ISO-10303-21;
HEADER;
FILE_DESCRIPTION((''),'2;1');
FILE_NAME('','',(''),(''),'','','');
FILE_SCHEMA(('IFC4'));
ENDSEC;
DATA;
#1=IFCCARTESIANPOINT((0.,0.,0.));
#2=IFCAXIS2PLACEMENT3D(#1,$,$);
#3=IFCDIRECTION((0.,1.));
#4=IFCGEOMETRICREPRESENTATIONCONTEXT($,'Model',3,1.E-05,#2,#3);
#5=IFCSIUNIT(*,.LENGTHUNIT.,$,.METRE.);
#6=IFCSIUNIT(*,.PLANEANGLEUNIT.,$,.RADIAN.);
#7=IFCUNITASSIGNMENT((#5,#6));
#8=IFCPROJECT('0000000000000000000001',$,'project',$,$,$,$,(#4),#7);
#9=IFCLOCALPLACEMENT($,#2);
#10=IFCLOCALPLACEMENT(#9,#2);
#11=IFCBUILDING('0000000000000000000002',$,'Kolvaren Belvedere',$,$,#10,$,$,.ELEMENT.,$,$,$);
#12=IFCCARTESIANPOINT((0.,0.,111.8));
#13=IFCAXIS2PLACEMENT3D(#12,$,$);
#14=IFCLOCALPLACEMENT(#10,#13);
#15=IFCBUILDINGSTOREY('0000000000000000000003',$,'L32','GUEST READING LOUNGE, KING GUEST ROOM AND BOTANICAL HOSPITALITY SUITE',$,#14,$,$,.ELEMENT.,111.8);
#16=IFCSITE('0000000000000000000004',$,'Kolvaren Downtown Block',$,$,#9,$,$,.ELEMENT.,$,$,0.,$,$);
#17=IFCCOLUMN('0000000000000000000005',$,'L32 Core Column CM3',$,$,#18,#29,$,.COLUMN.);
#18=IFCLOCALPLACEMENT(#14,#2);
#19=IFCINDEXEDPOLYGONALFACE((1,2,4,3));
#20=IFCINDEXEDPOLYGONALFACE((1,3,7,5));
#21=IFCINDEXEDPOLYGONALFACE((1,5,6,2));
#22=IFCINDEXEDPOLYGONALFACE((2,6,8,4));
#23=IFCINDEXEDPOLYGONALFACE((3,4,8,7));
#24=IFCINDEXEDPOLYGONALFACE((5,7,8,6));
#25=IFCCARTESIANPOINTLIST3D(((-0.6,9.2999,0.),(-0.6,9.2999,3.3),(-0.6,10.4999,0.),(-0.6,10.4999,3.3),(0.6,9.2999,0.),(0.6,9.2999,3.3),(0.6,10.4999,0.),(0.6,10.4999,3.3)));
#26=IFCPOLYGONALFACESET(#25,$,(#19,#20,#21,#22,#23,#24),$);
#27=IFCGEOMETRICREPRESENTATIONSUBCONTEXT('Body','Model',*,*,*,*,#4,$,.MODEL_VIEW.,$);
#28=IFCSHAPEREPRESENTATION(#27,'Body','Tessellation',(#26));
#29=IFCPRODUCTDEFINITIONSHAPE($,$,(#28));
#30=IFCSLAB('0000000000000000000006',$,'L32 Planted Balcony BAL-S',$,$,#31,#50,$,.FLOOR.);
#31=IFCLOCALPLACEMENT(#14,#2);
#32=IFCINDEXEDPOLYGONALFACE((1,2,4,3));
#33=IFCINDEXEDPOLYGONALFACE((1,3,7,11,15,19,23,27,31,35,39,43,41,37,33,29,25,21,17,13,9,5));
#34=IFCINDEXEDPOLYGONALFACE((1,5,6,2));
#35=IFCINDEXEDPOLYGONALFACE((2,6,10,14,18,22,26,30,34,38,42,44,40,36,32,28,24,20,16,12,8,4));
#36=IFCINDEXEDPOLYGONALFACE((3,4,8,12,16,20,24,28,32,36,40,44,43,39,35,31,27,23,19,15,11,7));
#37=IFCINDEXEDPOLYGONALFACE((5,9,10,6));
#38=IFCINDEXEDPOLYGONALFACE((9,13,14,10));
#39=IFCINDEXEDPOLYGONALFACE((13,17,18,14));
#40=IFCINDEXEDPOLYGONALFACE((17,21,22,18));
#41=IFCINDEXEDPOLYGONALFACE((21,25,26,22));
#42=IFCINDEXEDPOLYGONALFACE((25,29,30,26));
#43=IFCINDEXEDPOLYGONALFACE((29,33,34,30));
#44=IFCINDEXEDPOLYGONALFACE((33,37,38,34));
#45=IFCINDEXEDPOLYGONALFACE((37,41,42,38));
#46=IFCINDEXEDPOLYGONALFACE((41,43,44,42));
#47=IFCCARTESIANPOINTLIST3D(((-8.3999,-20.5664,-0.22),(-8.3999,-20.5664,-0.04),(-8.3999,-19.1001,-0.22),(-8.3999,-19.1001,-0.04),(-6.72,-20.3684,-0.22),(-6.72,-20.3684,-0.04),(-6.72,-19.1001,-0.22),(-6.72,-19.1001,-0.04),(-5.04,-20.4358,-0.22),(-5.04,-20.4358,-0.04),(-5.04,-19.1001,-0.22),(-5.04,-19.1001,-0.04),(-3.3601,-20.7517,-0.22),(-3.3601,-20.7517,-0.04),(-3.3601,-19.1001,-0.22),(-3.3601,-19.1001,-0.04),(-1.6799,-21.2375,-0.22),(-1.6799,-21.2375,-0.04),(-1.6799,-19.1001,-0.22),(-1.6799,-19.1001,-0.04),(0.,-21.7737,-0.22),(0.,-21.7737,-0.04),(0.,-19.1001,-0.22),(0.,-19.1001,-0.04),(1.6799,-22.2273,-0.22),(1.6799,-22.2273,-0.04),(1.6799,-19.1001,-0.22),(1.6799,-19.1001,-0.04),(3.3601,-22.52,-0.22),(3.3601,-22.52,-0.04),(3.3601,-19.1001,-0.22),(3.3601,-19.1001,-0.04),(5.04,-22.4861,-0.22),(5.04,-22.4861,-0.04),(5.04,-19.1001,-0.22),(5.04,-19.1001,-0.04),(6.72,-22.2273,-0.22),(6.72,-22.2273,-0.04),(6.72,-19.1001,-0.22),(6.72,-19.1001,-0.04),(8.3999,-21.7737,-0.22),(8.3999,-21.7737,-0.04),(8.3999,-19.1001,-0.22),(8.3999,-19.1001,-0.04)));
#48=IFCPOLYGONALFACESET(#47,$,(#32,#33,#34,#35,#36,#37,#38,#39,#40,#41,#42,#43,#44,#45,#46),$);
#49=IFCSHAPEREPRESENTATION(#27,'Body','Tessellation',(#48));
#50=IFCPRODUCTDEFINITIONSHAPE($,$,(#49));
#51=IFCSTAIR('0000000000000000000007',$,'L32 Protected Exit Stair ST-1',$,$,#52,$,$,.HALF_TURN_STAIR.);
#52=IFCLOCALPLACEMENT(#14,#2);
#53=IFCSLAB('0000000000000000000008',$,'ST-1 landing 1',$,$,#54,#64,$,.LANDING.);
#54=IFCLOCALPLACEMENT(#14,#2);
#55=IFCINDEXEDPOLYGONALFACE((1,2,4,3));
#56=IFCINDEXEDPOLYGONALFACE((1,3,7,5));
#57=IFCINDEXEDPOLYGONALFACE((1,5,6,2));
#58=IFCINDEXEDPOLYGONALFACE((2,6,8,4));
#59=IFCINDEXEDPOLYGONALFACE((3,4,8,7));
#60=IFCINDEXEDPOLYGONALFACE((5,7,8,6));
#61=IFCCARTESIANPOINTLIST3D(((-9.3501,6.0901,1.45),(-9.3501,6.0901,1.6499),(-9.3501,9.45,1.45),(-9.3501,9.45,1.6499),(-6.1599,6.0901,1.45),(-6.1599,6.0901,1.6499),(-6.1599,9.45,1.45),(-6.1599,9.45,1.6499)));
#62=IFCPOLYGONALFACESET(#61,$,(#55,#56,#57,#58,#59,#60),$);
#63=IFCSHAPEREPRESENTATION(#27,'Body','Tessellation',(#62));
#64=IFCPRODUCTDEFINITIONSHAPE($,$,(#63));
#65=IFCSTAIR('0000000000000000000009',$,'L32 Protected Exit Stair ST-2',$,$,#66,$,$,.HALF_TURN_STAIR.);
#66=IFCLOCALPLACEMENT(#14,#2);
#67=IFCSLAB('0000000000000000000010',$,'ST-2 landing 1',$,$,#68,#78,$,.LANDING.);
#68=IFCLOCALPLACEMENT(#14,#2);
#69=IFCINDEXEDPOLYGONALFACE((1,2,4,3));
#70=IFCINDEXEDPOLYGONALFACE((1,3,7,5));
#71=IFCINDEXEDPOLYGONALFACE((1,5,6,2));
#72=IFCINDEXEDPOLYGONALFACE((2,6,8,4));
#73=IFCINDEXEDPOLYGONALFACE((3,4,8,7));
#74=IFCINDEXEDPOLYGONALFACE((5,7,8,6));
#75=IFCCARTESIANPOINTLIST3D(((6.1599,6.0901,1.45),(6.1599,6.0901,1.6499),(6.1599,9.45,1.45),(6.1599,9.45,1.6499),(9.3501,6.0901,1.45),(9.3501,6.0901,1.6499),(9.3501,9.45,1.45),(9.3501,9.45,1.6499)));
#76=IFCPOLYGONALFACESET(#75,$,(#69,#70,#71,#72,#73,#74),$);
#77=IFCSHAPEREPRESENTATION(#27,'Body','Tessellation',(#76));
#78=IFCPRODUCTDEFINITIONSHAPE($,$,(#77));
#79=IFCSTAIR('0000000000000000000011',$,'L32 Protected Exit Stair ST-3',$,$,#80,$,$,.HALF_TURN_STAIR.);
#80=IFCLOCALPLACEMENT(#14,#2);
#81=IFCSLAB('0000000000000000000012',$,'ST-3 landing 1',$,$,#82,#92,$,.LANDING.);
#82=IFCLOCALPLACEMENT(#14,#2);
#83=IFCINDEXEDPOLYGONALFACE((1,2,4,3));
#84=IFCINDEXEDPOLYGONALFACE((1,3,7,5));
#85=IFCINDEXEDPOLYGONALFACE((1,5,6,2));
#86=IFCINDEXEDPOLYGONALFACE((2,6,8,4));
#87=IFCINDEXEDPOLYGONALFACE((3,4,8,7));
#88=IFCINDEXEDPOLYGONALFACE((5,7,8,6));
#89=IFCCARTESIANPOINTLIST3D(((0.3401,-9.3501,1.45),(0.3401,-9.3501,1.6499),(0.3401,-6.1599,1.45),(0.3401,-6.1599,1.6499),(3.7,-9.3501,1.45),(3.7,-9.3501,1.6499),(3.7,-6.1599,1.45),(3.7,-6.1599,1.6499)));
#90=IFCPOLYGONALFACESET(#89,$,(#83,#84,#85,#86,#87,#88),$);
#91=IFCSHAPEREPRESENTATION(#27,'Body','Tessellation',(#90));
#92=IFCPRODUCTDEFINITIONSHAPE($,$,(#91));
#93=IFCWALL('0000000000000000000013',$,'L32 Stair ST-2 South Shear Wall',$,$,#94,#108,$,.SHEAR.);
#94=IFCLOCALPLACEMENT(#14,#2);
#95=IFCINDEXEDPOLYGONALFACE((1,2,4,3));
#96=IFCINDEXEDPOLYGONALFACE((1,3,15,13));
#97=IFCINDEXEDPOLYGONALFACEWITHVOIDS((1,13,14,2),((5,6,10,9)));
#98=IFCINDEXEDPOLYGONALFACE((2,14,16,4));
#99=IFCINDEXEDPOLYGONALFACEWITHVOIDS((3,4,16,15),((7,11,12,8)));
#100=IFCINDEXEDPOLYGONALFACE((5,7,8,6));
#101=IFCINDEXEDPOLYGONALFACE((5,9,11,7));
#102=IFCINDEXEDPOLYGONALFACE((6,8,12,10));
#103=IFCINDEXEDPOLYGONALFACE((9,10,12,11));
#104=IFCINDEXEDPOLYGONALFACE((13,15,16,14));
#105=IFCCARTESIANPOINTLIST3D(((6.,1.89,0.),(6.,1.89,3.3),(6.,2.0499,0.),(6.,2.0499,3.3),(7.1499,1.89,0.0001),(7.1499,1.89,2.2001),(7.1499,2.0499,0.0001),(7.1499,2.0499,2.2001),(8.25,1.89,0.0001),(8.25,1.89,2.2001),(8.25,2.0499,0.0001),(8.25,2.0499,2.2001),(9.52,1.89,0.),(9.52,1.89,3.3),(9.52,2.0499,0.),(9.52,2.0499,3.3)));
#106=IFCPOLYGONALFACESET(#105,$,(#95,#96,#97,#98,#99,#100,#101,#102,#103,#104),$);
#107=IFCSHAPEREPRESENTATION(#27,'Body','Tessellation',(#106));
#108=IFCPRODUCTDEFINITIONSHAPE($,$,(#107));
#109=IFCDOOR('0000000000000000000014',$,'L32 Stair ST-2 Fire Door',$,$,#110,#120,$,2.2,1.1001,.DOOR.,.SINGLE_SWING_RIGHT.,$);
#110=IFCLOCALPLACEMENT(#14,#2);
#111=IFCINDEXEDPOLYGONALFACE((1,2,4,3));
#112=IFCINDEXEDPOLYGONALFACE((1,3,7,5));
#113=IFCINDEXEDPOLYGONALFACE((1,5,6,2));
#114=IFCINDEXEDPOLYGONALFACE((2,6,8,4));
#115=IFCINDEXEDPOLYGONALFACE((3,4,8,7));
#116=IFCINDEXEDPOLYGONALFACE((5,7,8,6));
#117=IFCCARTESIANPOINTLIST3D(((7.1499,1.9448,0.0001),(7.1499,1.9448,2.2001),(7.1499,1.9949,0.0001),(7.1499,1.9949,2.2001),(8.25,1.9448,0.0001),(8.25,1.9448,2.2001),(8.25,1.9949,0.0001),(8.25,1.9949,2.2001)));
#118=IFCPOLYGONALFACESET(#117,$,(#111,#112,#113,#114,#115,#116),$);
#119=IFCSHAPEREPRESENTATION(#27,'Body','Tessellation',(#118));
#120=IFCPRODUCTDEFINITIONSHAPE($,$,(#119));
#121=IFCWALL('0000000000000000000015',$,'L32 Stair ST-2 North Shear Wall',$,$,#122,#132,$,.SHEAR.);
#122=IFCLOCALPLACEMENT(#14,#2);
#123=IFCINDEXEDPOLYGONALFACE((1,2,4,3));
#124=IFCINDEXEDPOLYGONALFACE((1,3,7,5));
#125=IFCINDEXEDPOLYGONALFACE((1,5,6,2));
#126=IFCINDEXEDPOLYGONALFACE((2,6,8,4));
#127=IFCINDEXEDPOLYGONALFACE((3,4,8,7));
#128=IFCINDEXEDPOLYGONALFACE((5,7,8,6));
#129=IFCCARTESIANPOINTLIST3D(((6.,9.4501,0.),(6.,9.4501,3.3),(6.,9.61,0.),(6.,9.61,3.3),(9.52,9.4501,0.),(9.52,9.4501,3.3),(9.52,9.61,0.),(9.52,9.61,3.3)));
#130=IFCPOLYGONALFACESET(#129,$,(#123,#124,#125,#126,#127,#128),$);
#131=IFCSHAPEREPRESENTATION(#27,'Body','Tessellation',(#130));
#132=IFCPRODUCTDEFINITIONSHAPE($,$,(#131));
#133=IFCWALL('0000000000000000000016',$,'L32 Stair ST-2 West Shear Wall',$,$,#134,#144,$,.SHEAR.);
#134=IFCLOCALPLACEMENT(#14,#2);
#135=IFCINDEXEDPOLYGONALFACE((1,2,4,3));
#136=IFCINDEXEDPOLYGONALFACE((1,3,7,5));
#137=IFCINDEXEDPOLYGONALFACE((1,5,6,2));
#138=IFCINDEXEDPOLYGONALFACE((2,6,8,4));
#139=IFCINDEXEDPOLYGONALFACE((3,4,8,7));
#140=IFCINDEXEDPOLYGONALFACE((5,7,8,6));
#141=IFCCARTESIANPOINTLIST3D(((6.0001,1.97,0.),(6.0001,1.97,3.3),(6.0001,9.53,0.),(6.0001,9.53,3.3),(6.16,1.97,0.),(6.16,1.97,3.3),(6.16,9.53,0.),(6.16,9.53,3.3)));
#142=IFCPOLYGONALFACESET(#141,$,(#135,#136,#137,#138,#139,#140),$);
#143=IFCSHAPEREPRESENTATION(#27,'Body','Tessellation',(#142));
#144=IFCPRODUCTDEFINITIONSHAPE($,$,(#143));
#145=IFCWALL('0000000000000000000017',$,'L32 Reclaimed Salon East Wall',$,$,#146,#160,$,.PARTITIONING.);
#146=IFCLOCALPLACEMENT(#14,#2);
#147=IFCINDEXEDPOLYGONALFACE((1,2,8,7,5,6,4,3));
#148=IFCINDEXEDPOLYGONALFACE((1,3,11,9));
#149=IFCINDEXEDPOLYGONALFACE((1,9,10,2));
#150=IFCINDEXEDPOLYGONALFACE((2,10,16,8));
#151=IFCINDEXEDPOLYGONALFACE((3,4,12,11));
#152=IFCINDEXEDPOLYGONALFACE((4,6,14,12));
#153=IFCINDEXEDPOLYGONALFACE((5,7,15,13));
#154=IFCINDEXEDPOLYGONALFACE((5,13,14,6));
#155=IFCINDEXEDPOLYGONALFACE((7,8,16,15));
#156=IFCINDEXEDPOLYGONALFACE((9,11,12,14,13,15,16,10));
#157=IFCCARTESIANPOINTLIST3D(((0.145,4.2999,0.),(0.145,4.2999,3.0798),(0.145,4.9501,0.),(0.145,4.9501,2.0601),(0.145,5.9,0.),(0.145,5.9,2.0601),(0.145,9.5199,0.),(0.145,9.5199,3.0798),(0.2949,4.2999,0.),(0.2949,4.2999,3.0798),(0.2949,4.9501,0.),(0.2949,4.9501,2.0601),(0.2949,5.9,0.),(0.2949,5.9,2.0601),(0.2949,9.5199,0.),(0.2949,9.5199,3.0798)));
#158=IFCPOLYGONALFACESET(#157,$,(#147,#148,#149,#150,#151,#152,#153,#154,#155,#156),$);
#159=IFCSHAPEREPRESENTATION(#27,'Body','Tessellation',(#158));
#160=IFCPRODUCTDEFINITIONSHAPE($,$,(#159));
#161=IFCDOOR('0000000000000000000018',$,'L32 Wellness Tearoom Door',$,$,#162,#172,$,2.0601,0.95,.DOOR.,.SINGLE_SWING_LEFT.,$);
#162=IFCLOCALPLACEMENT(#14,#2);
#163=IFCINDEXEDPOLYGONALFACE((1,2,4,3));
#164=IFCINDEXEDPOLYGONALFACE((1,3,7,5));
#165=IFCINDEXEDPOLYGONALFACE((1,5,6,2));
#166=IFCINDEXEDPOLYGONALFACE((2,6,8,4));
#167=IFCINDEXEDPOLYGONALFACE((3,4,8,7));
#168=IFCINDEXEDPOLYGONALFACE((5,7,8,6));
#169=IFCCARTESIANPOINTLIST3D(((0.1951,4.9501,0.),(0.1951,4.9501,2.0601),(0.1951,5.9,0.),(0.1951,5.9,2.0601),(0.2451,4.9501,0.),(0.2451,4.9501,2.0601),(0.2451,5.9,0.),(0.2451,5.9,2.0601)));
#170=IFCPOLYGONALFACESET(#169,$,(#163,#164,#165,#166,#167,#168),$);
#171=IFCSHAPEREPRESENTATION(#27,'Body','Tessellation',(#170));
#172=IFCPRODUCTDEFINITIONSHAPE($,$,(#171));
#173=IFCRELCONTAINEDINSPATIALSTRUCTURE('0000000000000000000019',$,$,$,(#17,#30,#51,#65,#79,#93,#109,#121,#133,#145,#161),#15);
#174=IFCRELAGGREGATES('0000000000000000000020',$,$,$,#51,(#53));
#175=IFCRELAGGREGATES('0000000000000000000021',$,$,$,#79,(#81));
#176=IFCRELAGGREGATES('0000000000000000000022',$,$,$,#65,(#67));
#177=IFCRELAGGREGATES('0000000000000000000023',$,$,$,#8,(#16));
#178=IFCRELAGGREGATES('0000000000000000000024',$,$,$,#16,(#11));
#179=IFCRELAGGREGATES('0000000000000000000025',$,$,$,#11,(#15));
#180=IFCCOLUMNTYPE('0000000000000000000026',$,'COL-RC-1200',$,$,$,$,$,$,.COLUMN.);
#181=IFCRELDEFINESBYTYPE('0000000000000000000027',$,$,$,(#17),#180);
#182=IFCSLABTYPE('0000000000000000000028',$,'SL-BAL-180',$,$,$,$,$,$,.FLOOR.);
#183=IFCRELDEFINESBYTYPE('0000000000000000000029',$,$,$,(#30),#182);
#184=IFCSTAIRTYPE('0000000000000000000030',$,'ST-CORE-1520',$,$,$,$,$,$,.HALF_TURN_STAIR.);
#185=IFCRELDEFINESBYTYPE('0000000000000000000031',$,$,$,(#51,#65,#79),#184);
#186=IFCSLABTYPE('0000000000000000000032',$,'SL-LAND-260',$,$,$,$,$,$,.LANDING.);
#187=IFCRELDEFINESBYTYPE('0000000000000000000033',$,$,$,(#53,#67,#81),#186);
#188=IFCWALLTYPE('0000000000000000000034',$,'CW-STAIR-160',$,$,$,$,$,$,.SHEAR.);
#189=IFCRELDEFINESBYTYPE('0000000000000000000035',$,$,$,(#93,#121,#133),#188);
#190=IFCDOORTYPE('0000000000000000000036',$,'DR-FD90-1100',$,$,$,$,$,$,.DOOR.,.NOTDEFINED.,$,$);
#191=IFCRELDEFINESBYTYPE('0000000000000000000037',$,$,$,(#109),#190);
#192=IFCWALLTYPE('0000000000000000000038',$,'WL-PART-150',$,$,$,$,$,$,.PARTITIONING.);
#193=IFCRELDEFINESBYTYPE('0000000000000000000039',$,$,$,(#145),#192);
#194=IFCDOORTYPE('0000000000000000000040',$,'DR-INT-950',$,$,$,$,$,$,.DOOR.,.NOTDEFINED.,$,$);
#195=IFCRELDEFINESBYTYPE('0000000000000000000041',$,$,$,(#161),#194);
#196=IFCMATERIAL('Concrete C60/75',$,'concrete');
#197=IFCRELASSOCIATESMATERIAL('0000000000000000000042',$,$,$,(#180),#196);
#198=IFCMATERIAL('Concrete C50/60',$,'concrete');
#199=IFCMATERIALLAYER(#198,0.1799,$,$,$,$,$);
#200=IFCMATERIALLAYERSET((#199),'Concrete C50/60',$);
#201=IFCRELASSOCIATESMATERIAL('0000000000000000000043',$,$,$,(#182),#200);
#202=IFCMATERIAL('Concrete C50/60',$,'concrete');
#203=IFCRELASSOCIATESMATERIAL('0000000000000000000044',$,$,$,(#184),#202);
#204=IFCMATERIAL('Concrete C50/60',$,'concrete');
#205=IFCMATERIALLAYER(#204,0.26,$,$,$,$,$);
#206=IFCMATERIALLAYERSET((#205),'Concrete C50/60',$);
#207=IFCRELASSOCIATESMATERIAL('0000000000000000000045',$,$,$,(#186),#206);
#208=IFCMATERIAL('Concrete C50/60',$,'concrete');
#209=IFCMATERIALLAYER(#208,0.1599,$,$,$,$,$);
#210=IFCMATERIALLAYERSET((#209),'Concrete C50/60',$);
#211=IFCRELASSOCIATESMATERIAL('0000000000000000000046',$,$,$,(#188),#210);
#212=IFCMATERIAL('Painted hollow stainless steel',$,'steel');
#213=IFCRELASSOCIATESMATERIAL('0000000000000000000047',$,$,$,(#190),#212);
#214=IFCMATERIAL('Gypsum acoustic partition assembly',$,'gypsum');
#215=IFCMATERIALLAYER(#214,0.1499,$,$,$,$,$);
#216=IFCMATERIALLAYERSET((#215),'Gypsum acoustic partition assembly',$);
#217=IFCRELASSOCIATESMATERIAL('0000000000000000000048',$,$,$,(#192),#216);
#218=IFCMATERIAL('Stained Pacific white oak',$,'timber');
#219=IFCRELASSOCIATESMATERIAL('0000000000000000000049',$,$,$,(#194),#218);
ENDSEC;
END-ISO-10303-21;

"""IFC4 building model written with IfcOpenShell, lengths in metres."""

from ifc_helpers import new_model, si_unit, direction, frame, frame_2d, origin, origin_2d, place, context, subcontext, project, spatial, polyline, rectangle, outline, extrude, material, layer, layer_set, material_profile, profile_set, type_object, element, fill, aggregate, save


model = new_model("IFC4")

# Units and contexts
model_context = context("Model", 3, precision=1e-05, world=origin(), true_north=direction((0.0, 1.0)))
body_context = subcontext(model_context, "Body", "Model", "MODEL_VIEW")
ifc_project = project(units=[si_unit("LENGTHUNIT", "METRE"), si_unit("PLANEANGLEUNIT", "RADIAN")], contexts=[model_context])

# Site, building, storey
site_placement = place(None, origin())
site = spatial("IfcSite", under=ifc_project, at=site_placement, Name="Kolvaren Downtown Block", CompositionType="ELEMENT", RefElevation=0.0)
building_placement = place(site_placement, origin())
building = spatial("IfcBuilding", under=site, at=building_placement, Name="Kolvaren Belvedere", CompositionType="ELEMENT")
storey_placement = place(building_placement, frame((0.0, 0.0, 111.8)))
storey = spatial("IfcBuildingStorey", under=building, at=storey_placement, Name="L32", Description="GUEST READING LOUNGE, KING GUEST ROOM AND BOTANICAL HOSPITALITY SUITE", CompositionType="ELEMENT", Elevation=111.8)

# Column
ifc_material_1 = material(Name="Concrete C60/75", Category="concrete")
ifc_material_profile = material_profile(ifc_material_1, rectangle(XDim=1.2, YDim=1.2, at=origin_2d()), Name="RC 1200X1200")
ifc_profile_set = profile_set([ifc_material_profile], Name="Concrete C60/75")
column_type = type_object("IfcColumnType", Name="COL-RC-1200", PredefinedType="COLUMN", material=ifc_profile_set)
column_placement = place(storey_placement, frame((0.0, 9.8999, 0.0), z_axis=(0.0, 0.0, 1.0), x_axis=(1.0, 0.0, 0.0)))
element("IfcColumn", 1, at=column_placement, inside=storey, type_object=column_type, Name="L32 Core Column CM3", PredefinedType="COLUMN", context=body_context, shape_type="SweptSolid", body=[
    extrude(rectangle(XDim=1.2, YDim=1.2, at=origin_2d()), origin(), (0.0, 0.0, 1.0), 3.3),
])

# Slab
ifc_material_2 = material(Name="Concrete C50/60", Category="concrete")
ifc_layer_1 = layer(ifc_material_2, 0.1799)
ifc_layer_set_1 = layer_set([ifc_layer_1], Name="Concrete C50/60")
slab_type_1 = type_object("IfcSlabType", Name="SL-BAL-180", PredefinedType="FLOOR", material=ifc_layer_set_1)
slab_1_placement = place(storey_placement, frame((0.0, 0.0, -0.22)))
element("IfcSlab", 2, at=slab_1_placement, inside=storey, type_object=slab_type_1, Name="L32 Planted Balcony BAL-S", PredefinedType="FLOOR", context=body_context, shape_type="SweptSolid", body=[
    extrude(outline(polyline([(-8.3999, -20.5664), (-6.72, -20.3684), (-5.04, -20.4358), (-3.3601, -20.7517), (-1.6799, -21.2375), (0.0, -21.7737), (1.6799, -22.2273), (3.3601, -22.52), (5.04, -22.4861), (6.72, -22.2273), (8.3999, -21.7737), (8.3999, -19.1001), (6.72, -19.1001), (5.04, -19.1001), (3.3601, -19.1001), (1.6799, -19.1001), (0.0, -19.1001), (-1.6799, -19.1001), (-3.3601, -19.1001), (-5.04, -19.1001), (-6.72, -19.1001), (-8.3999, -19.1001), (-8.3999, -20.5664)])), origin(), (0.0, 0.0, 1.0), 0.1799),
])

# Stairs, slabs
ifc_material_3 = material(Name="Concrete C50/60", Category="concrete")
stair_type = type_object("IfcStairType", Name="ST-CORE-1520", PredefinedType="HALF_TURN_STAIR", material=ifc_material_3)
stair_1_placement = place(storey_placement, origin())
stair_1 = element("IfcStair", 3, at=stair_1_placement, inside=storey, type_object=stair_type, Name="L32 Protected Exit Stair ST-1", PredefinedType="HALF_TURN_STAIR")
ifc_material_4 = material(Name="Concrete C50/60", Category="concrete")
ifc_layer_2 = layer(ifc_material_4, 0.26)
ifc_layer_set_2 = layer_set([ifc_layer_2], Name="Concrete C50/60")
slab_type_2 = type_object("IfcSlabType", Name="SL-LAND-260", PredefinedType="LANDING", material=ifc_layer_set_2)
slab_2_placement = place(storey_placement, frame((0.0, 0.0, 1.45)))
slab_2 = element("IfcSlab", 4, at=slab_2_placement, type_object=slab_type_2, Name="ST-1 landing 1", PredefinedType="LANDING", context=body_context, shape_type="SweptSolid", body=[
    extrude(outline(polyline([(-6.1599, 6.0901), (-6.1599, 9.45), (-9.3501, 9.45), (-9.3501, 6.0901), (-6.1599, 6.0901)])), origin(), (0.0, 0.0, 1.0), 0.2),
])
aggregate(stair_1, [slab_2])
stair_2_placement = place(storey_placement, origin())
stair_2 = element("IfcStair", 5, at=stair_2_placement, inside=storey, type_object=stair_type, Name="L32 Protected Exit Stair ST-2", PredefinedType="HALF_TURN_STAIR")
slab_3_placement = place(storey_placement, frame((0.0, 0.0, 1.45)))
slab_3 = element("IfcSlab", 6, at=slab_3_placement, type_object=slab_type_2, Name="ST-2 landing 1", PredefinedType="LANDING", context=body_context, shape_type="SweptSolid", body=[
    extrude(outline(polyline([(9.3501, 6.0901), (9.3501, 9.45), (6.1599, 9.45), (6.1599, 6.0901), (9.3501, 6.0901)])), origin(), (0.0, 0.0, 1.0), 0.2),
])
stair_3_placement = place(storey_placement, origin())
stair_3 = element("IfcStair", 7, at=stair_3_placement, inside=storey, type_object=stair_type, Name="L32 Protected Exit Stair ST-3", PredefinedType="HALF_TURN_STAIR")
slab_4_placement = place(storey_placement, frame((0.0, 0.0, 1.45)))
slab_4 = element("IfcSlab", 8, at=slab_4_placement, type_object=slab_type_2, Name="ST-3 landing 1", PredefinedType="LANDING", context=body_context, shape_type="SweptSolid", body=[
    extrude(outline(polyline([(0.3401, -9.3501), (3.7, -9.3501), (3.7, -6.1599), (0.3401, -6.1599), (0.3401, -9.3501)])), origin(), (0.0, 0.0, 1.0), 0.2),
])
aggregate(stair_3, [slab_4])

# Wall, opening, door
ifc_material_5 = material(Name="Concrete C50/60", Category="concrete")
ifc_layer_3 = layer(ifc_material_5, 0.1599)
ifc_layer_set_3 = layer_set([ifc_layer_3], Name="Concrete C50/60")
wall_type_1 = type_object("IfcWallType", Name="CW-STAIR-160", PredefinedType="SHEAR", material=ifc_layer_set_3)
wall_1_placement = place(storey_placement, frame((6.0, 1.97, 0.0), z_axis=(0.0, 0.0, 1.0), x_axis=(1.0, 0.0, 0.0)))
wall_1 = element("IfcWall", 9, at=wall_1_placement, inside=storey, type_object=wall_type_1, Name="L32 Stair ST-2 South Shear Wall", PredefinedType="SHEAR", context=body_context, shape_type="SweptSolid", body=[
    extrude(rectangle(XDim=3.52, YDim=0.1599, at=frame_2d((1.76, 0.0))), origin(), (0.0, 0.0, 1.0), 3.3),
])
opening_1_placement = place(wall_1_placement, frame((1.1499, 0.0, 0.0)))
opening_1 = element("IfcOpeningElement", 10, at=opening_1_placement, cuts=wall_1, PredefinedType="OPENING", context=body_context, shape_type="SweptSolid", body=[
    extrude(rectangle(XDim=1.1001, YDim=2.2, at=frame_2d((0.55, 1.1001))), frame((0.0, 0.0898, 0.0), z_axis=(0.0, -1.0, 0.0), x_axis=(1.0, 0.0, 0.0)), (0.0, 0.0, 1.0), 0.1799),
])
ifc_material_6 = material(Name="Painted hollow stainless steel", Category="steel")
door_type_1 = type_object("IfcDoorType", Name="DR-FD90-1100", OperationType="NOTDEFINED", PredefinedType="DOOR", material=ifc_material_6)
door_1_placement = place(opening_1_placement, origin())
door_1 = element("IfcDoor", 11, at=door_1_placement, inside=storey, type_object=door_type_1, Name="L32 Stair ST-2 Fire Door", OperationType="SINGLE_SWING_RIGHT", OverallHeight=2.2, OverallWidth=1.1001, PredefinedType="DOOR", context=body_context, shape_type="SweptSolid", body=[
    extrude(rectangle(XDim=1.1001, YDim=2.2, at=frame_2d((0.55, 1.1001))), frame((0.0, 0.0249, 0.0), z_axis=(0.0, -1.0, 0.0), x_axis=(1.0, 0.0, 0.0)), (0.0, 0.0, 1.0), 0.05),
])
fill(opening_1, door_1)

# Walls
wall_2_placement = place(storey_placement, frame((6.0, 9.53, 0.0), z_axis=(0.0, 0.0, 1.0), x_axis=(1.0, 0.0, 0.0)))
element("IfcWall", 12, at=wall_2_placement, inside=storey, type_object=wall_type_1, Name="L32 Stair ST-2 North Shear Wall", PredefinedType="SHEAR", context=body_context, shape_type="SweptSolid", body=[
    extrude(rectangle(XDim=3.52, YDim=0.1599, at=frame_2d((1.76, 0.0))), origin(), (0.0, 0.0, 1.0), 3.3),
])
wall_3_placement = place(storey_placement, frame((6.0801, 1.97, 0.0), z_axis=(0.0, 0.0, 1.0), x_axis=(0.0, 1.0, 0.0)))
element("IfcWall", 13, at=wall_3_placement, inside=storey, type_object=wall_type_1, Name="L32 Stair ST-2 West Shear Wall", PredefinedType="SHEAR", context=body_context, shape_type="SweptSolid", body=[
    extrude(rectangle(XDim=7.5601, YDim=0.1599, at=frame_2d((3.78, 0.0))), origin(), (0.0, 0.0, 1.0), 3.3),
])

# Wall, opening, door
ifc_material_7 = material(Name="Gypsum acoustic partition assembly", Category="gypsum")
ifc_layer_4 = layer(ifc_material_7, 0.1499)
ifc_layer_set_4 = layer_set([ifc_layer_4], Name="Gypsum acoustic partition assembly")
wall_type_2 = type_object("IfcWallType", Name="WL-PART-150", PredefinedType="PARTITIONING", material=ifc_layer_set_4)
wall_4_placement = place(storey_placement, frame((0.22, 4.3, 0.0), z_axis=(0.0, 0.0, 1.0), x_axis=(0.0, 1.0, 0.0)))
wall_4 = element("IfcWall", 14, at=wall_4_placement, inside=storey, type_object=wall_type_2, Name="L32 Reclaimed Salon East Wall", PredefinedType="PARTITIONING", context=body_context, shape_type="SweptSolid", body=[
    extrude(rectangle(XDim=5.22, YDim=0.1499, at=frame_2d((2.6099, 0.0))), origin(), (0.0, 0.0, 1.0), 3.0798),
])
opening_2_placement = place(wall_4_placement, frame((0.6499, 0.0, 0.0)))
opening_2 = element("IfcOpeningElement", 15, at=opening_2_placement, cuts=wall_4, PredefinedType="OPENING", context=body_context, shape_type="SweptSolid", body=[
    extrude(rectangle(XDim=0.95, YDim=2.0601, at=frame_2d((0.4751, 1.03))), frame((0.0, 0.085, 0.0), z_axis=(0.0, -1.0, 0.0), x_axis=(1.0, 0.0, 0.0)), (0.0, 0.0, 1.0), 0.1699),
])
ifc_material_8 = material(Name="Stained Pacific white oak", Category="timber")
door_type_2 = type_object("IfcDoorType", Name="DR-INT-950", OperationType="NOTDEFINED", PredefinedType="DOOR", material=ifc_material_8)
door_2_placement = place(opening_2_placement, origin())
door_2 = element("IfcDoor", 16, at=door_2_placement, inside=storey, type_object=door_type_2, Name="L32 Wellness Tearoom Door", OperationType="SINGLE_SWING_LEFT", OverallHeight=2.0601, OverallWidth=0.95, PredefinedType="DOOR", context=body_context, shape_type="SweptSolid", body=[
    extrude(rectangle(XDim=0.95, YDim=2.0601, at=frame_2d((0.4751, 1.03))), frame((0.0, 0.0249, 0.0), z_axis=(0.0, -1.0, 0.0), x_axis=(1.0, 0.0, 0.0)), (0.0, 0.0, 1.0), 0.05),
])
fill(opening_2, door_2)

aggregate(stair_2, [slab_3])

save(model, "model.ifc")
